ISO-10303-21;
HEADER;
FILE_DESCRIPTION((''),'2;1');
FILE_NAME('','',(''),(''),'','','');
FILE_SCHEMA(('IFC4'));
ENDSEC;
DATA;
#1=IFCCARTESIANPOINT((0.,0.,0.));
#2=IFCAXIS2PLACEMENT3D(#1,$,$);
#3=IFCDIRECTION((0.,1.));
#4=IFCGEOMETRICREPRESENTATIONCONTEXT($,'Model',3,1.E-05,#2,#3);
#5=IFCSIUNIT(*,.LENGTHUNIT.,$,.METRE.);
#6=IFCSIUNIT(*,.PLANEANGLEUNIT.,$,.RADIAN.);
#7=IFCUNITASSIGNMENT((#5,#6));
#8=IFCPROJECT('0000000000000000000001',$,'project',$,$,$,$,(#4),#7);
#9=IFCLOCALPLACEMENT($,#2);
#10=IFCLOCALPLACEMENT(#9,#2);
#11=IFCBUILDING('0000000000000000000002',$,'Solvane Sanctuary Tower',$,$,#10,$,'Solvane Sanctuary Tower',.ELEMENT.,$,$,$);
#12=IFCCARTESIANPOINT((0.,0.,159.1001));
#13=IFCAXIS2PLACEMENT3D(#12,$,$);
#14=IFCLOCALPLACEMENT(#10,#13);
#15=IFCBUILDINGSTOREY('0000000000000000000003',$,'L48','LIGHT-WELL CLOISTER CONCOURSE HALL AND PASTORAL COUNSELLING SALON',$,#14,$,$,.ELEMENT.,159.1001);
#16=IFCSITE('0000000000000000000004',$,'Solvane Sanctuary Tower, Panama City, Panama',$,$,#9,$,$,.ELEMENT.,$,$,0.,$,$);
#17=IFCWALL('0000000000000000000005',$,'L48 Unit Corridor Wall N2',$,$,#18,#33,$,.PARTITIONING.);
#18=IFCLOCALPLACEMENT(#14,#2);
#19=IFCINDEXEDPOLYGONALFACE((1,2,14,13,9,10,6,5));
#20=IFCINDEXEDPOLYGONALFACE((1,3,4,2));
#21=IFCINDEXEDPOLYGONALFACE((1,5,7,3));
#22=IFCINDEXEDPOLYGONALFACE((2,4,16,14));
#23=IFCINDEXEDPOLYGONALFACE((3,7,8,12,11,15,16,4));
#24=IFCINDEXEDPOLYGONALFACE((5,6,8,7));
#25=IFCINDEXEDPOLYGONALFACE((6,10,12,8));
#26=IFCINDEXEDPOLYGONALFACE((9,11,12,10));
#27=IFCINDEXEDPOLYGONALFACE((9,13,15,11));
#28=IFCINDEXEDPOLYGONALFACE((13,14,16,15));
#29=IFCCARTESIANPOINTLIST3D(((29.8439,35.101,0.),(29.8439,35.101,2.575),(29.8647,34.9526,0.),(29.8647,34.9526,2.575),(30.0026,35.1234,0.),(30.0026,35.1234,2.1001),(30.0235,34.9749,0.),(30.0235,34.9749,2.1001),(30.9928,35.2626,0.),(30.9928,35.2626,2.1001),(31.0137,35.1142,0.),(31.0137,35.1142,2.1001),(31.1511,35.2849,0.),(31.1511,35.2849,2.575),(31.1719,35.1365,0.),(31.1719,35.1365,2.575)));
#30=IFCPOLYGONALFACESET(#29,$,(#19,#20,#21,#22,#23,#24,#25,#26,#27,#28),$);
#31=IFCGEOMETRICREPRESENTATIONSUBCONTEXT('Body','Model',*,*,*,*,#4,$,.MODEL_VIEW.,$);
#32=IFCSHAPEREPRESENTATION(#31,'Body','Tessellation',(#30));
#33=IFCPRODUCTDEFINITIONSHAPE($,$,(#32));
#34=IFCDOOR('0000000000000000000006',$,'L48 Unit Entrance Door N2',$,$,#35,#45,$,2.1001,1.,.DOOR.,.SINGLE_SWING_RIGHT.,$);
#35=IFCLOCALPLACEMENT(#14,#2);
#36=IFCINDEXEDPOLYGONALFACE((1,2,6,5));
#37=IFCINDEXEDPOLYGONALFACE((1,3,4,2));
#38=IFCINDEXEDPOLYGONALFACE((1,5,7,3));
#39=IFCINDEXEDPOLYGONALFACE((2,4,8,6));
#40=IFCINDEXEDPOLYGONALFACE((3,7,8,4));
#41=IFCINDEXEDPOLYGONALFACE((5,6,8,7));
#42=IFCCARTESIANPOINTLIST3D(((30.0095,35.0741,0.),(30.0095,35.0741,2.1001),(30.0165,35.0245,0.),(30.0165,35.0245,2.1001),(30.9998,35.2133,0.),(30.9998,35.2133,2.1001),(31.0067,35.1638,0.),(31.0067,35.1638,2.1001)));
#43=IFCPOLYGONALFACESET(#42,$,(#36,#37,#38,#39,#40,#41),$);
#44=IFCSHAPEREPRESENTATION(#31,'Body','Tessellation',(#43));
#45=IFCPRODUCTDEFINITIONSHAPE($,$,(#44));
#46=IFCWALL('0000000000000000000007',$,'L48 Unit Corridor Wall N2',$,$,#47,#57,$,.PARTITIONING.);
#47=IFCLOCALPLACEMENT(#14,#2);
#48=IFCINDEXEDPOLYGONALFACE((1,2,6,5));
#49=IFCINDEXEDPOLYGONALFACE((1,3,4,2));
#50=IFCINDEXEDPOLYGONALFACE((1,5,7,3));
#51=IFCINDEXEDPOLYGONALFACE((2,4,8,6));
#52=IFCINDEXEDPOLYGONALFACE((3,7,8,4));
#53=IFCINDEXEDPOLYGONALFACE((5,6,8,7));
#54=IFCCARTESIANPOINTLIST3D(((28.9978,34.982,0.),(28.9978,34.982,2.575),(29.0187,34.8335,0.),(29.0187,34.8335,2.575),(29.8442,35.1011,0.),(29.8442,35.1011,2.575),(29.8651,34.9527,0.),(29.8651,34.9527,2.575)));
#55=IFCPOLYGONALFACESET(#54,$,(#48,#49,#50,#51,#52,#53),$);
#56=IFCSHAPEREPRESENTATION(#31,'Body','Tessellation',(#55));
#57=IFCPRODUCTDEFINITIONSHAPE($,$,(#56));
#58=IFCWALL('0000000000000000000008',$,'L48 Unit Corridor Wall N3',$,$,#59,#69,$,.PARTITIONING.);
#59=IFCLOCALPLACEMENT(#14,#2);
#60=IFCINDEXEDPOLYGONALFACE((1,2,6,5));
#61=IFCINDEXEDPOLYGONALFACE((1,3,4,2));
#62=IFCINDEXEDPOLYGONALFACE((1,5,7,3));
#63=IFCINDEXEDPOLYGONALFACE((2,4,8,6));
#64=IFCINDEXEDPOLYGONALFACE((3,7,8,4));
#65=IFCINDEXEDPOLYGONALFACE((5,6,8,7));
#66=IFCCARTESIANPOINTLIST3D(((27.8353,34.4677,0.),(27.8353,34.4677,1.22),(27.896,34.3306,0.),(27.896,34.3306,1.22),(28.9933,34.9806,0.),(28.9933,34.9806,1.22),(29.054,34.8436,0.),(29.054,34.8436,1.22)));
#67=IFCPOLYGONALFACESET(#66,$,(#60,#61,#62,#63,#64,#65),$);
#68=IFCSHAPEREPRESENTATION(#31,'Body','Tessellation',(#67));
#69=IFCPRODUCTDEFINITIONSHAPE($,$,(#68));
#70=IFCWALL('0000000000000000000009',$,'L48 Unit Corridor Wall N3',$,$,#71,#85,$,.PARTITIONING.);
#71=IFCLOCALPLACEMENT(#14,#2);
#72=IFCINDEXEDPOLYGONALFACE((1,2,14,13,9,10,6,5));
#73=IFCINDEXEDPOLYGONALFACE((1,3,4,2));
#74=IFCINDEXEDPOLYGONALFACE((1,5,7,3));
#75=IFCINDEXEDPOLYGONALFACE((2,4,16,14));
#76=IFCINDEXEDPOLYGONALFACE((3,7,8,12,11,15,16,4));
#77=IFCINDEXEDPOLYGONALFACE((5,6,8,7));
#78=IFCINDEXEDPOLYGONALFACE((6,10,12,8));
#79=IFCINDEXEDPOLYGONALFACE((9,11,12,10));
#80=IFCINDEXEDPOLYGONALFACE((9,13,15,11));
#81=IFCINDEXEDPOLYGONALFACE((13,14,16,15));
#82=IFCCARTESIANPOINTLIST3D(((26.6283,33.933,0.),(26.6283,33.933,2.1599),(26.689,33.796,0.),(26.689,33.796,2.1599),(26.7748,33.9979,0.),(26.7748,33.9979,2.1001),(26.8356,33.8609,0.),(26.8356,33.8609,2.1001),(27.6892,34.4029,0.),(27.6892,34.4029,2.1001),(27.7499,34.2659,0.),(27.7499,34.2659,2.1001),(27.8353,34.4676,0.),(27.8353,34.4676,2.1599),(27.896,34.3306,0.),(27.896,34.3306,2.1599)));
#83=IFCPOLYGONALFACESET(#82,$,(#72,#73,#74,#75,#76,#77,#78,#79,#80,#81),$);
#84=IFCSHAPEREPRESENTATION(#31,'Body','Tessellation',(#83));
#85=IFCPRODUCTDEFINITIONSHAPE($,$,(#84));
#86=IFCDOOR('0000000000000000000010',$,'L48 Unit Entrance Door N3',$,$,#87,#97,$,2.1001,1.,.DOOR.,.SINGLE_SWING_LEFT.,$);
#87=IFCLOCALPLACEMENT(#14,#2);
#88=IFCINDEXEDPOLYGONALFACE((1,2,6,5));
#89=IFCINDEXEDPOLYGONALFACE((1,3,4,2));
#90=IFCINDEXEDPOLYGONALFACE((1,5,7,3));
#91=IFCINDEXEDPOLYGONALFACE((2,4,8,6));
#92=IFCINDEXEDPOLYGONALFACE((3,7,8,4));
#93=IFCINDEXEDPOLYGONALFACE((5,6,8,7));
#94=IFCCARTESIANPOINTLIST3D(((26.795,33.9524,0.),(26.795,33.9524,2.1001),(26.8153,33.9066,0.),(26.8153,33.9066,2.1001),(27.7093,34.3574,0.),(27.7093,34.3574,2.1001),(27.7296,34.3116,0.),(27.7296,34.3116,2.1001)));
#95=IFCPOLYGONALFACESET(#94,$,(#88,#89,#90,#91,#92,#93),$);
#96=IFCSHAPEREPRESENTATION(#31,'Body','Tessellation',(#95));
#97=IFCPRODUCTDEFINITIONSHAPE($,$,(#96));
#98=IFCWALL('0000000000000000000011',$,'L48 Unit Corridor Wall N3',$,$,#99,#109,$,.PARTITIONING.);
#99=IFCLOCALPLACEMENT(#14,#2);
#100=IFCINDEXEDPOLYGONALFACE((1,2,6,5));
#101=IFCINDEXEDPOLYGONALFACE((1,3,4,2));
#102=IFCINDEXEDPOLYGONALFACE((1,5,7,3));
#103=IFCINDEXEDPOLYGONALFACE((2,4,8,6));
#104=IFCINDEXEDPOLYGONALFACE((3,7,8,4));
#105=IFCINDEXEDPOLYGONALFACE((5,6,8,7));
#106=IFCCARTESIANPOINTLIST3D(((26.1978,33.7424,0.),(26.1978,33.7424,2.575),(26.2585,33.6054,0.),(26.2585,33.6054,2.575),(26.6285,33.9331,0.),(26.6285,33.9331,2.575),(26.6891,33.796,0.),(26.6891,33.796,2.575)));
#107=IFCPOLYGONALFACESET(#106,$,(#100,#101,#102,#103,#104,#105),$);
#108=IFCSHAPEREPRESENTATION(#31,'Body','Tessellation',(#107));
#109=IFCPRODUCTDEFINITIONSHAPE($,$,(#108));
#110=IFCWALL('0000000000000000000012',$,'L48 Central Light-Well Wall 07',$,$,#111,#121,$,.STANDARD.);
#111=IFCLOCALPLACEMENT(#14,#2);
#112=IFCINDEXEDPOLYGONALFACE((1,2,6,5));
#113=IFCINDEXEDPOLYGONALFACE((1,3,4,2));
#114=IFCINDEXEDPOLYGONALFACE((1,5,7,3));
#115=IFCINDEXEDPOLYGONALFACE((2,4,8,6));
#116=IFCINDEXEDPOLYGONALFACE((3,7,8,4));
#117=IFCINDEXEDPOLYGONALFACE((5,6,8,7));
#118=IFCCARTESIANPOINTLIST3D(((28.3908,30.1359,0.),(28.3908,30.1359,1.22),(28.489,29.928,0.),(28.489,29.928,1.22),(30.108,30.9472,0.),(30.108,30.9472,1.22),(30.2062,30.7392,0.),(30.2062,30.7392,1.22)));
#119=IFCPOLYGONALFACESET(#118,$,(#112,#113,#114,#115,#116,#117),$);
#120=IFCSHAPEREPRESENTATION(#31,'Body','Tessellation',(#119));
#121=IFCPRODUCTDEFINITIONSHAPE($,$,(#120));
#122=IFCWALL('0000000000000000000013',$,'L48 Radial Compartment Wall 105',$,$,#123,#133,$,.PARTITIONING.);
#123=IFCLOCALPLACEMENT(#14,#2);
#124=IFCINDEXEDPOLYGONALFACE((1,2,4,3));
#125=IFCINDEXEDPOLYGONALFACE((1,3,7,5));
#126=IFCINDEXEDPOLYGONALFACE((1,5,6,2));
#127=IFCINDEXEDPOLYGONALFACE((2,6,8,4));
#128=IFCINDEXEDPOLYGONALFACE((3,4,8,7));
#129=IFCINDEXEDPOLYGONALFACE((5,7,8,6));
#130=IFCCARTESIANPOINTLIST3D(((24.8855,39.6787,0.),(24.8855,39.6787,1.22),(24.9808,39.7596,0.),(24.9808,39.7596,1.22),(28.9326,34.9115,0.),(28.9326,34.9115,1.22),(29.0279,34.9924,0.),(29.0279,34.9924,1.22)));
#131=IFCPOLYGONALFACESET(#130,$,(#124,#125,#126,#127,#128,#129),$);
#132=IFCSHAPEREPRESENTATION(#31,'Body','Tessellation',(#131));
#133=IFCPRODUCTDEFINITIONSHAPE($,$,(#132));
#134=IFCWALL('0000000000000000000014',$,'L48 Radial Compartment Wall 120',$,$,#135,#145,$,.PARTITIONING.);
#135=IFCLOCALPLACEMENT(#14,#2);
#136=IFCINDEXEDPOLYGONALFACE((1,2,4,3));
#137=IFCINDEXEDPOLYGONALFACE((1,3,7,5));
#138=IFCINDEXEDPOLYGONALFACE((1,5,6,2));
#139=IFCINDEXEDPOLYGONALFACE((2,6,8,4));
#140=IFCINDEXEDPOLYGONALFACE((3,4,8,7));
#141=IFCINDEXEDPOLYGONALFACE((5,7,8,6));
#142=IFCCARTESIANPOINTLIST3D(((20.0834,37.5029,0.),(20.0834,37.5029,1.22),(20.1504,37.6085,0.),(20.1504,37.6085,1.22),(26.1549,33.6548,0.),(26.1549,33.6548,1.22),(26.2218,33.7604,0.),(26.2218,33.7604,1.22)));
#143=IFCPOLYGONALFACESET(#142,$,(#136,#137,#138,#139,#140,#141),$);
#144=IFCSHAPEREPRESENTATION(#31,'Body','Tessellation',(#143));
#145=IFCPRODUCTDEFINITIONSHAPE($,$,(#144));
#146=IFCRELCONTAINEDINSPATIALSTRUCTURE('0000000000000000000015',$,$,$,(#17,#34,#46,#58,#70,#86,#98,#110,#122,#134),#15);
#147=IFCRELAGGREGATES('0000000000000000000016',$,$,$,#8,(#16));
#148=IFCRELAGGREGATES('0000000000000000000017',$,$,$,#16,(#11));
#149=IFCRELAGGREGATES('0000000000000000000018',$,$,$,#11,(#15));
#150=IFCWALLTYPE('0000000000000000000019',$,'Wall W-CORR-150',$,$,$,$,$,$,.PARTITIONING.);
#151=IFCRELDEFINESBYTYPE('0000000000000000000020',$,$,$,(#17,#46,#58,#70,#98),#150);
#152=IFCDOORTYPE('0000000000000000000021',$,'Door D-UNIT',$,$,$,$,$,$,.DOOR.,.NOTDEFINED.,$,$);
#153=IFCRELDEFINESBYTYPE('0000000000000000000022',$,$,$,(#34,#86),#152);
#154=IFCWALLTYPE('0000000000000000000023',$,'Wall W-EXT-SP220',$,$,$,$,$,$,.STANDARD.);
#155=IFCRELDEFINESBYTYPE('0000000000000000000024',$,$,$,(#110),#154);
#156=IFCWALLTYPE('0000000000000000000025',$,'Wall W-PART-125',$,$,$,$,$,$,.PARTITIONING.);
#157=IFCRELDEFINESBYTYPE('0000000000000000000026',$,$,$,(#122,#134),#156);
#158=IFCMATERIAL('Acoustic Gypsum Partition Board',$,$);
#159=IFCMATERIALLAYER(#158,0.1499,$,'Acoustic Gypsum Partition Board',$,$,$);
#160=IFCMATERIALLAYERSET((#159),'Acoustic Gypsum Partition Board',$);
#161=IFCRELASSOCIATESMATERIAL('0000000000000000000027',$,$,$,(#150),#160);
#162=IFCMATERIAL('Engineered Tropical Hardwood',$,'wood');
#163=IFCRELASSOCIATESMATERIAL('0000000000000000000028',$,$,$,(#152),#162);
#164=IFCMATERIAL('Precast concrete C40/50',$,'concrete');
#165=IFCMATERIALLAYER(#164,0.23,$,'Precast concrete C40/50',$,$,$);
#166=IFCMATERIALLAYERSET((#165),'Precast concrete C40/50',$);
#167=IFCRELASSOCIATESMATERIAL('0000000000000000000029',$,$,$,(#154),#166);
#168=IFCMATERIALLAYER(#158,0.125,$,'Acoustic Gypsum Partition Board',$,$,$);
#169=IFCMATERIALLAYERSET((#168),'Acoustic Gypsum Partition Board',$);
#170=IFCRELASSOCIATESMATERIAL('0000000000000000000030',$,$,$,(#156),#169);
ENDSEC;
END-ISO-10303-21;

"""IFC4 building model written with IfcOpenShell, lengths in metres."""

from ifc_helpers import new_model, si_unit, direction, frame, frame_2d, origin, place, context, subcontext, project, spatial, rectangle, extrude, material, layer, layer_set, type_object, element, fill, save


model = new_model("IFC4")

# Units and contexts
model_context = context("Model", 3, precision=1e-05, world=origin(), true_north=direction((0.0, 1.0)))
body_context = subcontext(model_context, "Body", "Model", "MODEL_VIEW")
ifc_project = project(units=[si_unit("LENGTHUNIT", "METRE"), si_unit("PLANEANGLEUNIT", "RADIAN")], contexts=[model_context])

# Site, building, storey
site_placement = place(None, origin())
site = spatial("IfcSite", under=ifc_project, at=site_placement, Name="Solvane Sanctuary Tower, Panama City, Panama", CompositionType="ELEMENT", RefElevation=0.0)
building_placement = place(site_placement, origin())
building = spatial("IfcBuilding", under=site, at=building_placement, Name="Solvane Sanctuary Tower", LongName="Solvane Sanctuary Tower", CompositionType="ELEMENT")
storey_placement = place(building_placement, frame((0.0, 0.0, 159.1001)))
storey = spatial("IfcBuildingStorey", under=building, at=storey_placement, Name="L48", Description="LIGHT-WELL CLOISTER CONCOURSE HALL AND PASTORAL COUNSELLING SALON", CompositionType="ELEMENT", Elevation=159.1001)

# Shared definitions
ifc_material_1 = material(Name="Acoustic Gypsum Partition Board")
ifc_layer_1 = layer(ifc_material_1, 0.1499, Name="Acoustic Gypsum Partition Board")
ifc_layer_set_1 = layer_set([ifc_layer_1], Name="Acoustic Gypsum Partition Board")
wall_type_1 = type_object("IfcWallType", Name="Wall W-CORR-150", PredefinedType="PARTITIONING", material=ifc_layer_set_1)

# Wall, opening, door
wall_1_placement = place(storey_placement, frame((31.1616, 35.2107, 0.0), z_axis=(0.0, 0.0, 1.0), x_axis=(-0.990254, -0.139272, 0.0)))
wall_1 = element("IfcWall", 1, at=wall_1_placement, inside=storey, type_object=wall_type_1, Name="L48 Unit Corridor Wall N2", PredefinedType="PARTITIONING", context=body_context, shape_type="SweptSolid", body=[
    extrude(rectangle(XDim=1.3201, YDim=0.1499, at=frame_2d((0.6602, 0.0))), origin(), (0.0, 0.0, 1.0), 2.575),
])
opening_1_placement = place(wall_1_placement, frame((0.1599, 0.0, 0.0)))
opening_1 = element("IfcOpeningElement", 2, at=opening_1_placement, cuts=wall_1, PredefinedType="OPENING", context=body_context, shape_type="SweptSolid", body=[
    extrude(rectangle(XDim=1.0, YDim=2.1001, at=frame_2d((0.5, 1.05))), frame((0.0, 0.085, 0.0), z_axis=(0.0, -1.0, 0.0), x_axis=(1.0, 0.0, 0.0)), (0.0, 0.0, 1.0), 0.1699),
])
ifc_material_2 = material(Name="Engineered Tropical Hardwood", Category="wood")
door_type = type_object("IfcDoorType", Name="Door D-UNIT", OperationType="NOTDEFINED", PredefinedType="DOOR", material=ifc_material_2)
door_1_placement = place(opening_1_placement, origin())
door_1 = element("IfcDoor", 3, at=door_1_placement, inside=storey, type_object=door_type, Name="L48 Unit Entrance Door N2", OperationType="SINGLE_SWING_RIGHT", OverallHeight=2.1001, OverallWidth=1.0, PredefinedType="DOOR", context=body_context, shape_type="SweptSolid", body=[
    extrude(rectangle(XDim=1.0, YDim=2.1001, at=frame_2d((0.5, 1.05))), frame((0.0, 0.0249, 0.0), z_axis=(0.0, -1.0, 0.0), x_axis=(1.0, 0.0, 0.0)), (0.0, 0.0, 1.0), 0.05),
])
fill(opening_1, door_1)

# Walls
wall_2_placement = place(storey_placement, frame((29.8545, 35.0269, 0.0), z_axis=(0.0, 0.0, 1.0), x_axis=(-0.990239, -0.139382, 0.0)))
element("IfcWall", 4, at=wall_2_placement, inside=storey, type_object=wall_type_1, Name="L48 Unit Corridor Wall N2", PredefinedType="PARTITIONING", context=body_context, shape_type="SweptSolid", body=[
    extrude(rectangle(XDim=0.8547, YDim=0.1499, at=frame_2d((0.4272, 0.0))), origin(), (0.0, 0.0, 1.0), 2.575),
])
wall_3_placement = place(storey_placement, frame((29.0237, 34.9121, 0.0), z_axis=(0.0, 0.0, 1.0), x_axis=(-0.914312, -0.405011, 0.0)))
element("IfcWall", 5, at=wall_3_placement, inside=storey, type_object=wall_type_1, Name="L48 Unit Corridor Wall N3", PredefinedType="PARTITIONING", context=body_context, shape_type="SweptSolid", body=[
    extrude(rectangle(XDim=1.2666, YDim=0.1499, at=frame_2d((0.6333, 0.0))), origin(), (0.0, 0.0, 1.0), 1.22),
])

# Wall, opening, door
wall_4_placement = place(storey_placement, frame((27.8657, 34.3992, 0.0), z_axis=(0.0, 0.0, 1.0), x_axis=(-0.914314, -0.405006, 0.0)))
wall_4 = element("IfcWall", 6, at=wall_4_placement, inside=storey, type_object=wall_type_1, Name="L48 Unit Corridor Wall N3", PredefinedType="PARTITIONING", context=body_context, shape_type="SweptSolid", body=[
    extrude(rectangle(XDim=1.3201, YDim=0.1499, at=frame_2d((0.6602, 0.0))), origin(), (0.0, 0.0, 1.0), 2.1599),
])
opening_2_placement = place(wall_4_placement, frame((0.1599, 0.0, 0.0)))
opening_2 = element("IfcOpeningElement", 7, at=opening_2_placement, cuts=wall_4, PredefinedType="OPENING", context=body_context, shape_type="SweptSolid", body=[
    extrude(rectangle(XDim=1.0, YDim=2.1001, at=frame_2d((0.5, 1.05))), frame((0.0, 0.085, 0.0), z_axis=(0.0, -1.0, 0.0), x_axis=(1.0, 0.0, 0.0)), (0.0, 0.0, 1.0), 0.1699),
])
door_2_placement = place(opening_2_placement, origin())
door_2 = element("IfcDoor", 8, at=door_2_placement, inside=storey, type_object=door_type, Name="L48 Unit Entrance Door N3", OperationType="SINGLE_SWING_LEFT", OverallHeight=2.1001, OverallWidth=1.0, PredefinedType="DOOR", context=body_context, shape_type="SweptSolid", body=[
    extrude(rectangle(XDim=1.0, YDim=2.1001, at=frame_2d((0.5, 1.05))), frame((0.0, 0.0249, 0.0), z_axis=(0.0, -1.0, 0.0), x_axis=(1.0, 0.0, 0.0)), (0.0, 0.0, 1.0), 0.05),
])
fill(opening_2, door_2)

# Walls
wall_5_placement = place(storey_placement, frame((26.6587, 33.8645, 0.0), z_axis=(0.0, 0.0, 1.0), x_axis=(-0.914388, -0.404839, 0.0)))
element("IfcWall", 9, at=wall_5_placement, inside=storey, type_object=wall_type_1, Name="L48 Unit Corridor Wall N3", PredefinedType="PARTITIONING", context=body_context, shape_type="SweptSolid", body=[
    extrude(rectangle(XDim=0.4709, YDim=0.1499, at=frame_2d((0.2354, 0.0))), origin(), (0.0, 0.0, 1.0), 2.575),
])
ifc_material_3 = material(Name="Precast concrete C40/50", Category="concrete")
ifc_layer_2 = layer(ifc_material_3, 0.23, Name="Precast concrete C40/50")
ifc_layer_set_2 = layer_set([ifc_layer_2], Name="Precast concrete C40/50")
wall_type_2 = type_object("IfcWallType", Name="Wall W-EXT-SP220", PredefinedType="STANDARD", material=ifc_layer_set_2)
wall_6_placement = place(storey_placement, frame((30.1572, 30.8433, 0.0), z_axis=(0.0, 0.0, 1.0), x_axis=(-0.90418, -0.427152, 0.0)))
element("IfcWall", 10, at=wall_6_placement, inside=storey, type_object=wall_type_2, Name="L48 Central Light-Well Wall 07", PredefinedType="STANDARD", context=body_context, shape_type="SweptSolid", body=[
    extrude(rectangle(XDim=1.8992, YDim=0.23, at=frame_2d((0.9497, 0.0))), origin(), (0.0, 0.0, 1.0), 1.22),
])
ifc_layer_3 = layer(ifc_material_1, 0.125, Name="Acoustic Gypsum Partition Board")
ifc_layer_set_3 = layer_set([ifc_layer_3], Name="Acoustic Gypsum Partition Board")
wall_type_3 = type_object("IfcWallType", Name="Wall W-PART-125", PredefinedType="PARTITIONING", material=ifc_layer_set_3)
wall_7_placement = place(storey_placement, frame((28.9802, 34.9519, 0.0), z_axis=(0.0, 0.0, 1.0), x_axis=(-0.647173, 0.762343, 0.0)))
element("IfcWall", 11, at=wall_7_placement, inside=storey, type_object=wall_type_3, Name="L48 Radial Compartment Wall 105", PredefinedType="PARTITIONING", context=body_context, shape_type="SweptSolid", body=[
    extrude(rectangle(XDim=6.2534, YDim=0.125, at=frame_2d((3.1267, 0.0))), origin(), (0.0, 0.0, 1.0), 1.22),
])
wall_8_placement = place(storey_placement, frame((26.1885, 33.7075, 0.0), z_axis=(0.0, 0.0, 1.0), x_axis=(-0.84464, 0.535334, 0.0)))
element("IfcWall", 12, at=wall_8_placement, inside=storey, type_object=wall_type_3, Name="L48 Radial Compartment Wall 120", PredefinedType="PARTITIONING", context=body_context, shape_type="SweptSolid", body=[
    extrude(rectangle(XDim=7.1882, YDim=0.125, at=frame_2d((3.5942, 0.0))), origin(), (0.0, 0.0, 1.0), 1.22),
])

save(model, "model.ifc")
